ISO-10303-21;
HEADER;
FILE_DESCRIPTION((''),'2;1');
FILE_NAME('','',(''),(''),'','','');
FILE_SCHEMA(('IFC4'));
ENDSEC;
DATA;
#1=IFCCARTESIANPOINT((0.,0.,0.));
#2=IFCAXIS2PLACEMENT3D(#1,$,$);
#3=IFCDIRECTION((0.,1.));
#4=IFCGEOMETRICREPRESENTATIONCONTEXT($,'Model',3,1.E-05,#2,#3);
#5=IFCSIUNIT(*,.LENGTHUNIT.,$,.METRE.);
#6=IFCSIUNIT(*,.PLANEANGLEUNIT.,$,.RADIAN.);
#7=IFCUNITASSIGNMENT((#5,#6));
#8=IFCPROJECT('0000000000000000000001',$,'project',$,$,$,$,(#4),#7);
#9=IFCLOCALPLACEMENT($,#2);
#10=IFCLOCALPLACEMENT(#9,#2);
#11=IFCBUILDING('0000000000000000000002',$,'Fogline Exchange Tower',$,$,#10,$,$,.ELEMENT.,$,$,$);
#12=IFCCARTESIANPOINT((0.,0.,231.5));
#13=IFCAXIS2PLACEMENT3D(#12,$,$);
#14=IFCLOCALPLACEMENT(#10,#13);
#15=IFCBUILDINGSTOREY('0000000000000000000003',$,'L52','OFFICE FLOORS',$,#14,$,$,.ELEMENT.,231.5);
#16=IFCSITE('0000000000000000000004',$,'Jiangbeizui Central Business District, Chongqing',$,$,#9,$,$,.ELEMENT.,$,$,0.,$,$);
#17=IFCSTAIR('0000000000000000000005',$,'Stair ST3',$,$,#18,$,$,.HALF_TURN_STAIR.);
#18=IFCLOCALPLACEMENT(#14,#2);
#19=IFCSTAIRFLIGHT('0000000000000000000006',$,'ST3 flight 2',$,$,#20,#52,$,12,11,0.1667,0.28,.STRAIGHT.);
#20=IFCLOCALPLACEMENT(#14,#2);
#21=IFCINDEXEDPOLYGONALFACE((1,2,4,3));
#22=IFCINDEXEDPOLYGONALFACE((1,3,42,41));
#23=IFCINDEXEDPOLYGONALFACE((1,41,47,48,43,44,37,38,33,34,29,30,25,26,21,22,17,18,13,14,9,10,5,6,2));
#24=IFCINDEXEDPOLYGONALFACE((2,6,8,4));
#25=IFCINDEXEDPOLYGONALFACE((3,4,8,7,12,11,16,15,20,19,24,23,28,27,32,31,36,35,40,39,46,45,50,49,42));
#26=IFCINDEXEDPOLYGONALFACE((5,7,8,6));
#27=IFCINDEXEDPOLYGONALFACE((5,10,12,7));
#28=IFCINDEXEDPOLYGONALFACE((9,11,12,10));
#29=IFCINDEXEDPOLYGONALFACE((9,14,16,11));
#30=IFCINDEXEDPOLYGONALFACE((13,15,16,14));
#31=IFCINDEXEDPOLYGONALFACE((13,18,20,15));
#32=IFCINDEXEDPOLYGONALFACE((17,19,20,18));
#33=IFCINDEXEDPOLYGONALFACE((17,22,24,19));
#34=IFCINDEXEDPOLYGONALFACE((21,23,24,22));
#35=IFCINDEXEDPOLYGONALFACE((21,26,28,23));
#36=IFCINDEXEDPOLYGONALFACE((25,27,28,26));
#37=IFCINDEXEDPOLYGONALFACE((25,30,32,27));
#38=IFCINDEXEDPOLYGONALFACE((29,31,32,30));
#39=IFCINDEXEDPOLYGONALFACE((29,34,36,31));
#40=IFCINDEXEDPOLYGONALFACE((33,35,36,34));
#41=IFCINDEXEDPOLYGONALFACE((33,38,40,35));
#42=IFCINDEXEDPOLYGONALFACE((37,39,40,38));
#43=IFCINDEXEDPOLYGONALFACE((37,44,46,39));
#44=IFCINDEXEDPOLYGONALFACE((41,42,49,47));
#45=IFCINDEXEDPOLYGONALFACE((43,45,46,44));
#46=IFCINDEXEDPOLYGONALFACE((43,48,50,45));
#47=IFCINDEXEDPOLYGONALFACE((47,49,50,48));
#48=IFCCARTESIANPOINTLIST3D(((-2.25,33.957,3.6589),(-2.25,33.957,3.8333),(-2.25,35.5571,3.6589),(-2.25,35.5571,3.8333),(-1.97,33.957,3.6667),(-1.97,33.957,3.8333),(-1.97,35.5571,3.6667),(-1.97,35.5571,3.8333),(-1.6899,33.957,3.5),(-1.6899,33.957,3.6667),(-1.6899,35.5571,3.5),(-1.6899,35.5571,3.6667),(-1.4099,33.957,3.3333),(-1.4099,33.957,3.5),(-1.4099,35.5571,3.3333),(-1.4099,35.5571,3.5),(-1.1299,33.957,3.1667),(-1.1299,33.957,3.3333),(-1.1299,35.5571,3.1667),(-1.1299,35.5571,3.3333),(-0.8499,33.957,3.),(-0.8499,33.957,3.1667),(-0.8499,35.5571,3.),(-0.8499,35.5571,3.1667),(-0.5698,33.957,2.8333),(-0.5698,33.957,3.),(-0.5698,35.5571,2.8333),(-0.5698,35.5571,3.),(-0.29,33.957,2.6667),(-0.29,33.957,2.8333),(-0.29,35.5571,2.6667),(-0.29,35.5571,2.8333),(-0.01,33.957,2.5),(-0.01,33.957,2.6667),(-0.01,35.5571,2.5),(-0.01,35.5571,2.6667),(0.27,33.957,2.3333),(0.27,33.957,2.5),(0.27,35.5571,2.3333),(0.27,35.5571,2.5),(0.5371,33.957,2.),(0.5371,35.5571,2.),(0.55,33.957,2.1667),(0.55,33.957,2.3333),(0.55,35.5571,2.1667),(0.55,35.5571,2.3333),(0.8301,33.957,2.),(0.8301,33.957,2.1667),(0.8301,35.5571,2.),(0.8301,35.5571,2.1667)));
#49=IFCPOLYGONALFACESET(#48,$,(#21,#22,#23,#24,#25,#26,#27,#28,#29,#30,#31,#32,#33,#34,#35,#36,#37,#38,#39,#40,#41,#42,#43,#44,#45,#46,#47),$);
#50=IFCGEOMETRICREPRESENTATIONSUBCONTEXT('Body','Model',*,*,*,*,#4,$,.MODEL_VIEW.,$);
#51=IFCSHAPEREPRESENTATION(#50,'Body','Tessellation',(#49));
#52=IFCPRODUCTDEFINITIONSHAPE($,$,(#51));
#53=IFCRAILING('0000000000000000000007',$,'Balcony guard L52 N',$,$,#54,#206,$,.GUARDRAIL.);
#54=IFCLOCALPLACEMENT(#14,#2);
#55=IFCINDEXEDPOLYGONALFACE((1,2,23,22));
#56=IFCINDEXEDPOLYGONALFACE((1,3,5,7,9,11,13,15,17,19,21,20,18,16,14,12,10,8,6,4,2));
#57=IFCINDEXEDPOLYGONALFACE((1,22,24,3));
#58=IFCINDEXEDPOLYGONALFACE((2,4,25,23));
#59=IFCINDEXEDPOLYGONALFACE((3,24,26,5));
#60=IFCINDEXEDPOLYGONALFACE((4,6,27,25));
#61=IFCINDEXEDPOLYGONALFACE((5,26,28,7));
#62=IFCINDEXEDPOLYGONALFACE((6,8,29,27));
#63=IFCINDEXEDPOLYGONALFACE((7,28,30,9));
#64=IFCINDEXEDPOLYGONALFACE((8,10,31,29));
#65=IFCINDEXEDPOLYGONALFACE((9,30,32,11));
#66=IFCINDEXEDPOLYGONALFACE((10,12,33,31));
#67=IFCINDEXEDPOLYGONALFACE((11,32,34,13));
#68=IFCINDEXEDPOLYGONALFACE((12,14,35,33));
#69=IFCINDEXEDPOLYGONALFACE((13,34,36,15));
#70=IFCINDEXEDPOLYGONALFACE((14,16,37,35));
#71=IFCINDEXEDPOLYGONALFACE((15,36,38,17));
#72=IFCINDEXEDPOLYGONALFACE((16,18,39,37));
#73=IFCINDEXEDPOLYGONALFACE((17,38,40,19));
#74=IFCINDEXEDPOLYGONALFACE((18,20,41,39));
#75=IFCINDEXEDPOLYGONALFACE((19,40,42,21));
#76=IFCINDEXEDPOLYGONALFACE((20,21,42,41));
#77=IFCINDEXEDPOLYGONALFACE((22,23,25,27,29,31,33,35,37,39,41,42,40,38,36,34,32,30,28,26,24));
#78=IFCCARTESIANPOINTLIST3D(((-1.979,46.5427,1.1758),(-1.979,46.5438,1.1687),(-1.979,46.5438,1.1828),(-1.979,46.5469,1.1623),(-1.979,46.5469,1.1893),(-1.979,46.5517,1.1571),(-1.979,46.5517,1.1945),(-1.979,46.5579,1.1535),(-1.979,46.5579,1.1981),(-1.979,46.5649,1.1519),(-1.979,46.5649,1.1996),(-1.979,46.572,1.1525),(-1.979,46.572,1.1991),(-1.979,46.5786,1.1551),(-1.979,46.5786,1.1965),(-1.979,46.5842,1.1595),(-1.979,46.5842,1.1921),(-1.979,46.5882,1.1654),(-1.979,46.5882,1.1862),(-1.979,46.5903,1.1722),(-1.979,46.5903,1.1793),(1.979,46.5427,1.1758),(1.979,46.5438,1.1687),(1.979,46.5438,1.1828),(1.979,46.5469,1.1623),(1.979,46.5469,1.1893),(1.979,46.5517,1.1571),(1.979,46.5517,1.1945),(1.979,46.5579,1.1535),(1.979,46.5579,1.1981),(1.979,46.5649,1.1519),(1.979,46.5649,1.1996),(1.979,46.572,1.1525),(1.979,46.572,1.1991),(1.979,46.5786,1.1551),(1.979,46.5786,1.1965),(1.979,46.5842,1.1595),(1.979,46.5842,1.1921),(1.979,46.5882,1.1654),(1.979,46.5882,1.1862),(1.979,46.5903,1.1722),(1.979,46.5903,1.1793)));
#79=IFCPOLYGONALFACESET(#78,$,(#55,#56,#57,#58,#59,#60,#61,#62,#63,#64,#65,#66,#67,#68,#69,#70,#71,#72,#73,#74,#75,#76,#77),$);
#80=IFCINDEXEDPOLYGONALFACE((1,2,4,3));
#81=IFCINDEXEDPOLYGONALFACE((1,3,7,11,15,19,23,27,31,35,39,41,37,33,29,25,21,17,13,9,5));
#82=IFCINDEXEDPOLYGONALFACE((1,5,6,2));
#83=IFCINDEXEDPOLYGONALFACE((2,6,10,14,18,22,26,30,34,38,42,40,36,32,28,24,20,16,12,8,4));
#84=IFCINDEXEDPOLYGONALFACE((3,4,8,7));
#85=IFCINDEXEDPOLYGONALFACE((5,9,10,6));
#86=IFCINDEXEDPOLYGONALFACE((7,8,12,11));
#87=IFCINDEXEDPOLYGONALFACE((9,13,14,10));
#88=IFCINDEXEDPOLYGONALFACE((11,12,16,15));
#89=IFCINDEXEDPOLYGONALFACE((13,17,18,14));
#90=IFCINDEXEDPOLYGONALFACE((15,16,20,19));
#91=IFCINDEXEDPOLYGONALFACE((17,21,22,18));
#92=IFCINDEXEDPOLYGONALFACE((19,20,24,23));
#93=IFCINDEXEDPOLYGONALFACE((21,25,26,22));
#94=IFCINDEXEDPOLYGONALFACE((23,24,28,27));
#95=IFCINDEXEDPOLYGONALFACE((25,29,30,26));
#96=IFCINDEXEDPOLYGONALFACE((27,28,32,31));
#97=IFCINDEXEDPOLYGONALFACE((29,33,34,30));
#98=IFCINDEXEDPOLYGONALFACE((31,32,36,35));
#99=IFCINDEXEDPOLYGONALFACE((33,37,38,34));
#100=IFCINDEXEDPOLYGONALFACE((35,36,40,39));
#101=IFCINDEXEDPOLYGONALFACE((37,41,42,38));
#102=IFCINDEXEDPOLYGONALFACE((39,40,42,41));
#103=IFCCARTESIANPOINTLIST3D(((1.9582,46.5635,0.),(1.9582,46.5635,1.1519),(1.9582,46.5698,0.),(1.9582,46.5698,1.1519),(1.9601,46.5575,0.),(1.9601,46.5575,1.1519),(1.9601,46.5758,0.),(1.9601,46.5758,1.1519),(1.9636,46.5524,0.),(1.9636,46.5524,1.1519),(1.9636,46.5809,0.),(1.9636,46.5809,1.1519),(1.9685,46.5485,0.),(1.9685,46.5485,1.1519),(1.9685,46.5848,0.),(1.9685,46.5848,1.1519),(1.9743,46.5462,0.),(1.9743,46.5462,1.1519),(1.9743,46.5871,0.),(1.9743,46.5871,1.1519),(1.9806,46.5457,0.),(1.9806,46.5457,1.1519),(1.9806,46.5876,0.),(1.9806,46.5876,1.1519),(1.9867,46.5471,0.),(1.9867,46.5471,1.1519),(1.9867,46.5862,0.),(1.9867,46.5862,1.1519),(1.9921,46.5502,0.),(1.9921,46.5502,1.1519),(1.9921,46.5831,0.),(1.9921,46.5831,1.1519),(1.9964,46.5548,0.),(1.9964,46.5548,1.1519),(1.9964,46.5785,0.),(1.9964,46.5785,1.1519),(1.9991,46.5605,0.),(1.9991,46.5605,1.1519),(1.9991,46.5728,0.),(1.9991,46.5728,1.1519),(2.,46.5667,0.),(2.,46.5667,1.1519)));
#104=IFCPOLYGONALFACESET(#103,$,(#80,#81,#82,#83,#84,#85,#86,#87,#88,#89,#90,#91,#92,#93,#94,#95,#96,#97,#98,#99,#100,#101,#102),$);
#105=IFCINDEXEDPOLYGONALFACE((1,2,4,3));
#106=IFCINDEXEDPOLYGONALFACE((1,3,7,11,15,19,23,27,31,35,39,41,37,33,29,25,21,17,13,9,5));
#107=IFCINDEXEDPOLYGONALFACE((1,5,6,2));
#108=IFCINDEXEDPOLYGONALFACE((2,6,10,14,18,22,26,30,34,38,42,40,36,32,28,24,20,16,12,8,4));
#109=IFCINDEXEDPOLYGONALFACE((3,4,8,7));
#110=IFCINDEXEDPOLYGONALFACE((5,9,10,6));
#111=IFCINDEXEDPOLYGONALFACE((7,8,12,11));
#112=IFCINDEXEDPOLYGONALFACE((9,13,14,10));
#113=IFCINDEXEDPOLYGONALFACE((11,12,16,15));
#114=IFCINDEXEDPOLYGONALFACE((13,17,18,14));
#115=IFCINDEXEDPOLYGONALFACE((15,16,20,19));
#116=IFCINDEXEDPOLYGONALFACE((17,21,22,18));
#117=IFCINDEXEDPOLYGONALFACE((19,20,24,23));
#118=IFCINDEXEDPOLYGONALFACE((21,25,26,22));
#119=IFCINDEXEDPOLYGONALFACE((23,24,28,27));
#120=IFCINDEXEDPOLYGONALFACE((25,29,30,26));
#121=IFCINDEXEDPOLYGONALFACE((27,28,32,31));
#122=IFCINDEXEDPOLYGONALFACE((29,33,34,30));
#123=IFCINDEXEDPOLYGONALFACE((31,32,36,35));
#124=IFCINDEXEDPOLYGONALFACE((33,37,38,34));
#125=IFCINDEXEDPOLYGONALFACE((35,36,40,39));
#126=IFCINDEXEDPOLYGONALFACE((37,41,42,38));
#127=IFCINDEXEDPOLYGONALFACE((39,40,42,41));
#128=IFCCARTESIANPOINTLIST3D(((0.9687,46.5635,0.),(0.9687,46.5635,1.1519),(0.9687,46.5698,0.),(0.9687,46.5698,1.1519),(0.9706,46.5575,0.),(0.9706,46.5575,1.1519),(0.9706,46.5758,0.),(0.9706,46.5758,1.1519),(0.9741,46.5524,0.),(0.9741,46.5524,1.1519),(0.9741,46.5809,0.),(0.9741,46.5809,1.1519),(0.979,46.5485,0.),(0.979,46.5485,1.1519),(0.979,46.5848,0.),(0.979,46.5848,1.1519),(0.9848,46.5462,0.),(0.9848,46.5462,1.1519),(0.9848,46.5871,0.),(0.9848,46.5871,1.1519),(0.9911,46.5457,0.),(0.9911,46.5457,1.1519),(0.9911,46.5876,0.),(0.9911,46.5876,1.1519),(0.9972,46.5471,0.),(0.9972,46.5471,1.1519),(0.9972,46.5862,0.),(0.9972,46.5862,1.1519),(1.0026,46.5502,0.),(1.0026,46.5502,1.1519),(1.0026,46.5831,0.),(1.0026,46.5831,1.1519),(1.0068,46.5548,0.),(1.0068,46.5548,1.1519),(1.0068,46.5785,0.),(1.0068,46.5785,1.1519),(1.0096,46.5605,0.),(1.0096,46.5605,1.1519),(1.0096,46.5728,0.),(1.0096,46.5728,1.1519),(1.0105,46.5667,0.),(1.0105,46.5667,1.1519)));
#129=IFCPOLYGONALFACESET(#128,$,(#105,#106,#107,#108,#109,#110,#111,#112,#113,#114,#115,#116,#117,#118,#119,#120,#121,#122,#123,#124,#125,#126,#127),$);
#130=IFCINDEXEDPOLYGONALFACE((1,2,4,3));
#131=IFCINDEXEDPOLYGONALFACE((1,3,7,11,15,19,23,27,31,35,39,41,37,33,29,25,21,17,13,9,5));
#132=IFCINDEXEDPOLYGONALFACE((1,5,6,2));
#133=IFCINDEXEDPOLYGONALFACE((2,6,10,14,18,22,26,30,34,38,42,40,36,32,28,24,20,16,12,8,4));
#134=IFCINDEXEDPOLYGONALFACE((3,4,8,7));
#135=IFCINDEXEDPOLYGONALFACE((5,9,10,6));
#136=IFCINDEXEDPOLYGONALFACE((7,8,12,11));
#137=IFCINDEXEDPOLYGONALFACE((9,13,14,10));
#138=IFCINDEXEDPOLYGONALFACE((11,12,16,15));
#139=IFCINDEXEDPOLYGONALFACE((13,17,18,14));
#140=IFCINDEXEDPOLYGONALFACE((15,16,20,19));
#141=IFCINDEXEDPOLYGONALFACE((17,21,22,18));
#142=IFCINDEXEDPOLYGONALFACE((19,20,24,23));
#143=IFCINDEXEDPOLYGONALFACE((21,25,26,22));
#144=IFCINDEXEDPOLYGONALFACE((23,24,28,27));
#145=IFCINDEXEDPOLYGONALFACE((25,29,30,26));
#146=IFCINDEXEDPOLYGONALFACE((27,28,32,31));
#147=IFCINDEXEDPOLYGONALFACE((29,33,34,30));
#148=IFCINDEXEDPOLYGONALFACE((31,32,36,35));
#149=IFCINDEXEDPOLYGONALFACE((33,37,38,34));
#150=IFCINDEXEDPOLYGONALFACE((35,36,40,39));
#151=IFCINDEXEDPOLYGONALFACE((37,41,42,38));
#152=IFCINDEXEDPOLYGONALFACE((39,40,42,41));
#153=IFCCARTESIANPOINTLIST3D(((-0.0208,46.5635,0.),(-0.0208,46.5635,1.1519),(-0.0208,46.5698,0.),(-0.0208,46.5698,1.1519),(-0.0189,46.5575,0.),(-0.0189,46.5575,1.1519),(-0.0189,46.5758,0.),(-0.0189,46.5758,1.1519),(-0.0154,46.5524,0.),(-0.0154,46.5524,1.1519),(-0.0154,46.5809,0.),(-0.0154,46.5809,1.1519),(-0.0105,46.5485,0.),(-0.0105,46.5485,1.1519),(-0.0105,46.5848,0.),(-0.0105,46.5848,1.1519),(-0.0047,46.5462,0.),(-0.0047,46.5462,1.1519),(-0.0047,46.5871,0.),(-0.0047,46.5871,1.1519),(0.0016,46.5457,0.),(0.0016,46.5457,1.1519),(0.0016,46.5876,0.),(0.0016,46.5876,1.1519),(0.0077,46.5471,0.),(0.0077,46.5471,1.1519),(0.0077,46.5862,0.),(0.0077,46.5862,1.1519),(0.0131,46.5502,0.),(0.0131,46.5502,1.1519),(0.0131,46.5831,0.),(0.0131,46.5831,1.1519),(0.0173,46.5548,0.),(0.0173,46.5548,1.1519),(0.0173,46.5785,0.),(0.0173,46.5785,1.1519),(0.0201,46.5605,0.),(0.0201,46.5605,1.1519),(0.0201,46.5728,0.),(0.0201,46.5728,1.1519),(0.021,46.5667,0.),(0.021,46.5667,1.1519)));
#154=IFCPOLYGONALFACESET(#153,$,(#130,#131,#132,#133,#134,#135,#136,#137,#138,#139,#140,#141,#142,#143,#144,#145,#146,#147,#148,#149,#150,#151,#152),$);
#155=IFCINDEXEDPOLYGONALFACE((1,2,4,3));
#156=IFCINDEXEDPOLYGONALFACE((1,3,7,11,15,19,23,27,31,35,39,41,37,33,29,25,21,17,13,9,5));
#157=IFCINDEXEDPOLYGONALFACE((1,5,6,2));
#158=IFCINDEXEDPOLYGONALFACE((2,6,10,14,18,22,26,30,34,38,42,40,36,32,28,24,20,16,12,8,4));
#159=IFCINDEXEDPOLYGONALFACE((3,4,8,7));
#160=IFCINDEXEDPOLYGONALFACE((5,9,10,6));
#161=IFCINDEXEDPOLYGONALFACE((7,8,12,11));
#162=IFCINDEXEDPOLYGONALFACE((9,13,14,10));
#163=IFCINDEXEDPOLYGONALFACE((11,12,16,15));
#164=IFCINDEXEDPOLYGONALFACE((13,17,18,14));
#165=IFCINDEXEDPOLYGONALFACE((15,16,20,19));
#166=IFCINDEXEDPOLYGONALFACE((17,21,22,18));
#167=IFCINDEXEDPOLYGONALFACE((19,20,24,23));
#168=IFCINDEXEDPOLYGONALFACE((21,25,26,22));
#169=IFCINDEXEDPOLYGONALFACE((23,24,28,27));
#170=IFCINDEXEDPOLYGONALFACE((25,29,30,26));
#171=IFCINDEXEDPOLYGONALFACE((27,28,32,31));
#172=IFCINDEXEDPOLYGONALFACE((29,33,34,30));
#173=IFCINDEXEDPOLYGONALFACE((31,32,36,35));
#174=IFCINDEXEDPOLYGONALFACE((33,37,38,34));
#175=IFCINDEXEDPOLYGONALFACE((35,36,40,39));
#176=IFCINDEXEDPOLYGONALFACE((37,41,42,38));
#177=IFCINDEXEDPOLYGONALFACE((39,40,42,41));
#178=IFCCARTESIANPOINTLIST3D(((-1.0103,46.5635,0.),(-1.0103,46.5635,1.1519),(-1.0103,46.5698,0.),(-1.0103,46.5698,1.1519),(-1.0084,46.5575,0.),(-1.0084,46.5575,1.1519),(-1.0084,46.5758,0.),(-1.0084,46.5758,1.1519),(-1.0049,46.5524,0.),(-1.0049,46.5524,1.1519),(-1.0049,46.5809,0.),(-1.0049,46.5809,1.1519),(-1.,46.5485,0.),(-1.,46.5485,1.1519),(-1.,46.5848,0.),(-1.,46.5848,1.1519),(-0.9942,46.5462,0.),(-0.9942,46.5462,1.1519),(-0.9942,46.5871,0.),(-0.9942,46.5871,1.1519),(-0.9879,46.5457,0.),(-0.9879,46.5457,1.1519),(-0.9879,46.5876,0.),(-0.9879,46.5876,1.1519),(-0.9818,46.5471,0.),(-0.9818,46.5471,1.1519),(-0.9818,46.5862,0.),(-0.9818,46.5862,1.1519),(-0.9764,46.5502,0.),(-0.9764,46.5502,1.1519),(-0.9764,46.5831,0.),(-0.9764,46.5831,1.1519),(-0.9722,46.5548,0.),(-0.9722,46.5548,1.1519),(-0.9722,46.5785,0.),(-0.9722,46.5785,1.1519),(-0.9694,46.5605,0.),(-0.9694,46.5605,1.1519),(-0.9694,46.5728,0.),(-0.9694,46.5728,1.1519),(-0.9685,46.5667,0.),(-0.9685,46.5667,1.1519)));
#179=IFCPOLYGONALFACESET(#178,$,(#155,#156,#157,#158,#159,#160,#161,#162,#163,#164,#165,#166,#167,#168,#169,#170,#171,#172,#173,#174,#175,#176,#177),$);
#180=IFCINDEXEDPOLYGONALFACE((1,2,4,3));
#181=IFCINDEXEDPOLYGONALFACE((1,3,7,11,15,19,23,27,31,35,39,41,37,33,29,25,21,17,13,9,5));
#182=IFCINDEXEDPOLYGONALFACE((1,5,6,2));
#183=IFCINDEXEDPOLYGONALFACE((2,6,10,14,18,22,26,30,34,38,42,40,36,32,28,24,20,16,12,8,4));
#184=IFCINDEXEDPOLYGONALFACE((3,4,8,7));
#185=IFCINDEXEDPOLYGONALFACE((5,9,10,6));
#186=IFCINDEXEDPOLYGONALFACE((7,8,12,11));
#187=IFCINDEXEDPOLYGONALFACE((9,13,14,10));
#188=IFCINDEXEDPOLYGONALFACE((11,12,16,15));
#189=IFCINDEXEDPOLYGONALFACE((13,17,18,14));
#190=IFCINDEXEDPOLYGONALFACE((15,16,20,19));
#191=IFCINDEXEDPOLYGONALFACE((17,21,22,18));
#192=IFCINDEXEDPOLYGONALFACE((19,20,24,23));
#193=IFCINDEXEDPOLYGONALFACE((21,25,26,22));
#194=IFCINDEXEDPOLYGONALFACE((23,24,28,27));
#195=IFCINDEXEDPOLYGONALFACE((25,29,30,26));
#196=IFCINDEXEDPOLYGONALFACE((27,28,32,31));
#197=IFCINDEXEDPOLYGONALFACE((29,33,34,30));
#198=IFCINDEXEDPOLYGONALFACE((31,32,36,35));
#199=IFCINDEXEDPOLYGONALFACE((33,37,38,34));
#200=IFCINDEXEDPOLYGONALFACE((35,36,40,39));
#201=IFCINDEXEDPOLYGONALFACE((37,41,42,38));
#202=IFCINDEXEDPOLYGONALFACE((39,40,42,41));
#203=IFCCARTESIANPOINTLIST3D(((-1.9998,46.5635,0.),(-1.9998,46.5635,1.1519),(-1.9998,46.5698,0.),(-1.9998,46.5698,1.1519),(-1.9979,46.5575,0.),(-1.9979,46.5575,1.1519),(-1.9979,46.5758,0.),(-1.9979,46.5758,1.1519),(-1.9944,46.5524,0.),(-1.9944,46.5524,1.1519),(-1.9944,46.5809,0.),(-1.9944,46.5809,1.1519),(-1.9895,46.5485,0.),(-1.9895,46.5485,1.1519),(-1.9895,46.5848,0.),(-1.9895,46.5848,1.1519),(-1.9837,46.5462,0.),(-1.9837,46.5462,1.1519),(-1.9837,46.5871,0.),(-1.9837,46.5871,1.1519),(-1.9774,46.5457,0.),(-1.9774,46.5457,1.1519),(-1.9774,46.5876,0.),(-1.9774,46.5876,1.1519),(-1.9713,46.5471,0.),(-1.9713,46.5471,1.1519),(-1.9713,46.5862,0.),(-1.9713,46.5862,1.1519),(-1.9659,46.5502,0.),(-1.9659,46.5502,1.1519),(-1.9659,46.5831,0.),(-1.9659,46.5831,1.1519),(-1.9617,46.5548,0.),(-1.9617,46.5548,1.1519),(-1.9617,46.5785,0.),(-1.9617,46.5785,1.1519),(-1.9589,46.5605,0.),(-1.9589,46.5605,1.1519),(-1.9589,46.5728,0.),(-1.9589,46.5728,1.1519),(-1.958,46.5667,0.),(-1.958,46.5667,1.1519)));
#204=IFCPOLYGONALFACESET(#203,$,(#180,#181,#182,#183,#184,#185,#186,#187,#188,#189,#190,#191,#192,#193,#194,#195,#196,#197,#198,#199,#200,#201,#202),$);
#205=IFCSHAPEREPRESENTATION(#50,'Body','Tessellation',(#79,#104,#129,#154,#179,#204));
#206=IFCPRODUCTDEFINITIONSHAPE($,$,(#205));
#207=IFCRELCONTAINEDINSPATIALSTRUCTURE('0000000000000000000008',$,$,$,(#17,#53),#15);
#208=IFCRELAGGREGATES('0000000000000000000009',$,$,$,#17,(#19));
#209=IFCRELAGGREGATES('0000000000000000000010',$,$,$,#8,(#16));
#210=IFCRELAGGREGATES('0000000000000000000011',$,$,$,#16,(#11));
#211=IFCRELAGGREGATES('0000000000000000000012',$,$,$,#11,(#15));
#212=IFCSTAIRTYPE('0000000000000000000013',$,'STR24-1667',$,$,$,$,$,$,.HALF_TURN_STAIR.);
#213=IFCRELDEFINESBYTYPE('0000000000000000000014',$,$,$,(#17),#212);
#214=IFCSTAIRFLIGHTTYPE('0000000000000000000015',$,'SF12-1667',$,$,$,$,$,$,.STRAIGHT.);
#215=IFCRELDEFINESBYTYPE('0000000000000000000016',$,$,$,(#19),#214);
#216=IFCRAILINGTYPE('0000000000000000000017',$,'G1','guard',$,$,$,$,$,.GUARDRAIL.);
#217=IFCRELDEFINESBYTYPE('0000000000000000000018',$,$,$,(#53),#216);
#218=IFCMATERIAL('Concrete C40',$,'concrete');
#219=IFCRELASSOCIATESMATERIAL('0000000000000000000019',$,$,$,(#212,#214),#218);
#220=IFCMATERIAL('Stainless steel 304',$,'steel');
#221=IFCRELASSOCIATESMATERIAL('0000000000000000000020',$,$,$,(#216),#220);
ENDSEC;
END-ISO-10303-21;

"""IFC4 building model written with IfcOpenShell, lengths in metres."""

from ifc_helpers import new_model, si_unit, direction, frame, origin, origin_2d, place, context, subcontext, project, spatial, polyline, circle, outline, extrude, material, type_object, element, aggregate, save


model = new_model("IFC4")

# Units and contexts
model_context = context("Model", 3, precision=1e-05, world=origin(), true_north=direction((0.0, 1.0)))
body_context = subcontext(model_context, "Body", "Model", "MODEL_VIEW")
ifc_project = project(units=[si_unit("LENGTHUNIT", "METRE"), si_unit("PLANEANGLEUNIT", "RADIAN")], contexts=[model_context])

# Site, building, storey
site_placement = place(None, origin())
site = spatial("IfcSite", under=ifc_project, at=site_placement, Name="Jiangbeizui Central Business District, Chongqing", CompositionType="ELEMENT", RefElevation=0.0)
building_placement = place(site_placement, origin())
building = spatial("IfcBuilding", under=site, at=building_placement, Name="Fogline Exchange Tower", CompositionType="ELEMENT")
storey_placement = place(building_placement, frame((0.0, 0.0, 231.5)))
storey = spatial("IfcBuildingStorey", under=building, at=storey_placement, Name="L52", Description="OFFICE FLOORS", CompositionType="ELEMENT", Elevation=231.5)

# Shared definitions
ifc_material_1 = material(Name="Concrete C40", Category="concrete")

# Stair, stair flight
stair_type = type_object("IfcStairType", Name="STR24-1667", PredefinedType="HALF_TURN_STAIR", material=ifc_material_1)
stair_placement = place(storey_placement, origin())
stair = element("IfcStair", 1, at=stair_placement, inside=storey, type_object=stair_type, Name="Stair ST3", PredefinedType="HALF_TURN_STAIR")
stair_flight_type = type_object("IfcStairFlightType", Name="SF12-1667", PredefinedType="STRAIGHT", material=ifc_material_1)
stair_flight_placement = place(storey_placement, frame((0.8301, 34.7571, 2.0), z_axis=(0.0, 0.0, 1.0), x_axis=(-1.0, 0.0, 0.0)))
stair_flight = element("IfcStairFlight", 2, at=stair_flight_placement, type_object=stair_flight_type, Name="ST3 flight 2", NumberOfRisers=12, NumberOfTreads=11, PredefinedType="STRAIGHT", RiserHeight=0.1667, TreadLength=0.28, context=body_context, shape_type="SweptSolid", body=[
    extrude(outline(polyline([(0.0, 0.0), (0.0, 0.1667), (0.28, 0.1667), (0.28, 0.3333), (0.5601, 0.3333), (0.5601, 0.5), (0.8401, 0.5), (0.8401, 0.6667), (1.1201, 0.6667), (1.1201, 0.8333), (1.3999, 0.8333), (1.3999, 1.0), (1.6799, 1.0), (1.6799, 1.1667), (1.96, 1.1667), (1.96, 1.3333), (2.24, 1.3333), (2.24, 1.5), (2.52, 1.5), (2.52, 1.6667), (2.8, 1.6667), (2.8, 1.8333), (3.0801, 1.8333), (3.0801, 2.0), (3.0801, 1.6589), (0.293, 0.0), (0.0, 0.0)])), frame((0.0, 0.8, 0.0), z_axis=(0.0, -1.0, 0.0), x_axis=(1.0, 0.0, 0.0)), (0.0, 0.0, 1.0), 1.6001),
])
aggregate(stair, [stair_flight])

# Railing
ifc_material_2 = material(Name="Stainless steel 304", Category="steel")
railing_type = type_object("IfcRailingType", Name="G1", Description="guard", PredefinedType="GUARDRAIL", material=ifc_material_2)
railing_placement = place(storey_placement, frame((1.979, 46.5667, 0.0)))
element("IfcRailing", 3, at=railing_placement, inside=storey, type_object=railing_type, Name="Balcony guard L52 N", PredefinedType="GUARDRAIL", context=body_context, shape_type="SweptSolid", body=[
    extrude(circle(Radius=0.0239, at=origin_2d()), frame((0.0, 0.0, 1.1758), z_axis=(-1.0, 0.0, 0.0), x_axis=(0.0, -1.0, 0.0)), (0.0, 0.0, 1.0), 3.958),
    extrude(circle(Radius=0.021, at=origin_2d()), origin(), (0.0, 0.0, 1.0), 1.1519),
    extrude(circle(Radius=0.021, at=origin_2d()), frame((-0.9895, 0.0, 0.0)), (0.0, 0.0, 1.0), 1.1519),
    extrude(circle(Radius=0.021, at=origin_2d()), frame((-1.979, 0.0, 0.0)), (0.0, 0.0, 1.0), 1.1519),
    extrude(circle(Radius=0.021, at=origin_2d()), frame((-2.9685, 0.0, 0.0)), (0.0, 0.0, 1.0), 1.1519),
    extrude(circle(Radius=0.021, at=origin_2d()), frame((-3.958, 0.0, 0.0)), (0.0, 0.0, 1.0), 1.1519),
])

save(model, "model.ifc")
